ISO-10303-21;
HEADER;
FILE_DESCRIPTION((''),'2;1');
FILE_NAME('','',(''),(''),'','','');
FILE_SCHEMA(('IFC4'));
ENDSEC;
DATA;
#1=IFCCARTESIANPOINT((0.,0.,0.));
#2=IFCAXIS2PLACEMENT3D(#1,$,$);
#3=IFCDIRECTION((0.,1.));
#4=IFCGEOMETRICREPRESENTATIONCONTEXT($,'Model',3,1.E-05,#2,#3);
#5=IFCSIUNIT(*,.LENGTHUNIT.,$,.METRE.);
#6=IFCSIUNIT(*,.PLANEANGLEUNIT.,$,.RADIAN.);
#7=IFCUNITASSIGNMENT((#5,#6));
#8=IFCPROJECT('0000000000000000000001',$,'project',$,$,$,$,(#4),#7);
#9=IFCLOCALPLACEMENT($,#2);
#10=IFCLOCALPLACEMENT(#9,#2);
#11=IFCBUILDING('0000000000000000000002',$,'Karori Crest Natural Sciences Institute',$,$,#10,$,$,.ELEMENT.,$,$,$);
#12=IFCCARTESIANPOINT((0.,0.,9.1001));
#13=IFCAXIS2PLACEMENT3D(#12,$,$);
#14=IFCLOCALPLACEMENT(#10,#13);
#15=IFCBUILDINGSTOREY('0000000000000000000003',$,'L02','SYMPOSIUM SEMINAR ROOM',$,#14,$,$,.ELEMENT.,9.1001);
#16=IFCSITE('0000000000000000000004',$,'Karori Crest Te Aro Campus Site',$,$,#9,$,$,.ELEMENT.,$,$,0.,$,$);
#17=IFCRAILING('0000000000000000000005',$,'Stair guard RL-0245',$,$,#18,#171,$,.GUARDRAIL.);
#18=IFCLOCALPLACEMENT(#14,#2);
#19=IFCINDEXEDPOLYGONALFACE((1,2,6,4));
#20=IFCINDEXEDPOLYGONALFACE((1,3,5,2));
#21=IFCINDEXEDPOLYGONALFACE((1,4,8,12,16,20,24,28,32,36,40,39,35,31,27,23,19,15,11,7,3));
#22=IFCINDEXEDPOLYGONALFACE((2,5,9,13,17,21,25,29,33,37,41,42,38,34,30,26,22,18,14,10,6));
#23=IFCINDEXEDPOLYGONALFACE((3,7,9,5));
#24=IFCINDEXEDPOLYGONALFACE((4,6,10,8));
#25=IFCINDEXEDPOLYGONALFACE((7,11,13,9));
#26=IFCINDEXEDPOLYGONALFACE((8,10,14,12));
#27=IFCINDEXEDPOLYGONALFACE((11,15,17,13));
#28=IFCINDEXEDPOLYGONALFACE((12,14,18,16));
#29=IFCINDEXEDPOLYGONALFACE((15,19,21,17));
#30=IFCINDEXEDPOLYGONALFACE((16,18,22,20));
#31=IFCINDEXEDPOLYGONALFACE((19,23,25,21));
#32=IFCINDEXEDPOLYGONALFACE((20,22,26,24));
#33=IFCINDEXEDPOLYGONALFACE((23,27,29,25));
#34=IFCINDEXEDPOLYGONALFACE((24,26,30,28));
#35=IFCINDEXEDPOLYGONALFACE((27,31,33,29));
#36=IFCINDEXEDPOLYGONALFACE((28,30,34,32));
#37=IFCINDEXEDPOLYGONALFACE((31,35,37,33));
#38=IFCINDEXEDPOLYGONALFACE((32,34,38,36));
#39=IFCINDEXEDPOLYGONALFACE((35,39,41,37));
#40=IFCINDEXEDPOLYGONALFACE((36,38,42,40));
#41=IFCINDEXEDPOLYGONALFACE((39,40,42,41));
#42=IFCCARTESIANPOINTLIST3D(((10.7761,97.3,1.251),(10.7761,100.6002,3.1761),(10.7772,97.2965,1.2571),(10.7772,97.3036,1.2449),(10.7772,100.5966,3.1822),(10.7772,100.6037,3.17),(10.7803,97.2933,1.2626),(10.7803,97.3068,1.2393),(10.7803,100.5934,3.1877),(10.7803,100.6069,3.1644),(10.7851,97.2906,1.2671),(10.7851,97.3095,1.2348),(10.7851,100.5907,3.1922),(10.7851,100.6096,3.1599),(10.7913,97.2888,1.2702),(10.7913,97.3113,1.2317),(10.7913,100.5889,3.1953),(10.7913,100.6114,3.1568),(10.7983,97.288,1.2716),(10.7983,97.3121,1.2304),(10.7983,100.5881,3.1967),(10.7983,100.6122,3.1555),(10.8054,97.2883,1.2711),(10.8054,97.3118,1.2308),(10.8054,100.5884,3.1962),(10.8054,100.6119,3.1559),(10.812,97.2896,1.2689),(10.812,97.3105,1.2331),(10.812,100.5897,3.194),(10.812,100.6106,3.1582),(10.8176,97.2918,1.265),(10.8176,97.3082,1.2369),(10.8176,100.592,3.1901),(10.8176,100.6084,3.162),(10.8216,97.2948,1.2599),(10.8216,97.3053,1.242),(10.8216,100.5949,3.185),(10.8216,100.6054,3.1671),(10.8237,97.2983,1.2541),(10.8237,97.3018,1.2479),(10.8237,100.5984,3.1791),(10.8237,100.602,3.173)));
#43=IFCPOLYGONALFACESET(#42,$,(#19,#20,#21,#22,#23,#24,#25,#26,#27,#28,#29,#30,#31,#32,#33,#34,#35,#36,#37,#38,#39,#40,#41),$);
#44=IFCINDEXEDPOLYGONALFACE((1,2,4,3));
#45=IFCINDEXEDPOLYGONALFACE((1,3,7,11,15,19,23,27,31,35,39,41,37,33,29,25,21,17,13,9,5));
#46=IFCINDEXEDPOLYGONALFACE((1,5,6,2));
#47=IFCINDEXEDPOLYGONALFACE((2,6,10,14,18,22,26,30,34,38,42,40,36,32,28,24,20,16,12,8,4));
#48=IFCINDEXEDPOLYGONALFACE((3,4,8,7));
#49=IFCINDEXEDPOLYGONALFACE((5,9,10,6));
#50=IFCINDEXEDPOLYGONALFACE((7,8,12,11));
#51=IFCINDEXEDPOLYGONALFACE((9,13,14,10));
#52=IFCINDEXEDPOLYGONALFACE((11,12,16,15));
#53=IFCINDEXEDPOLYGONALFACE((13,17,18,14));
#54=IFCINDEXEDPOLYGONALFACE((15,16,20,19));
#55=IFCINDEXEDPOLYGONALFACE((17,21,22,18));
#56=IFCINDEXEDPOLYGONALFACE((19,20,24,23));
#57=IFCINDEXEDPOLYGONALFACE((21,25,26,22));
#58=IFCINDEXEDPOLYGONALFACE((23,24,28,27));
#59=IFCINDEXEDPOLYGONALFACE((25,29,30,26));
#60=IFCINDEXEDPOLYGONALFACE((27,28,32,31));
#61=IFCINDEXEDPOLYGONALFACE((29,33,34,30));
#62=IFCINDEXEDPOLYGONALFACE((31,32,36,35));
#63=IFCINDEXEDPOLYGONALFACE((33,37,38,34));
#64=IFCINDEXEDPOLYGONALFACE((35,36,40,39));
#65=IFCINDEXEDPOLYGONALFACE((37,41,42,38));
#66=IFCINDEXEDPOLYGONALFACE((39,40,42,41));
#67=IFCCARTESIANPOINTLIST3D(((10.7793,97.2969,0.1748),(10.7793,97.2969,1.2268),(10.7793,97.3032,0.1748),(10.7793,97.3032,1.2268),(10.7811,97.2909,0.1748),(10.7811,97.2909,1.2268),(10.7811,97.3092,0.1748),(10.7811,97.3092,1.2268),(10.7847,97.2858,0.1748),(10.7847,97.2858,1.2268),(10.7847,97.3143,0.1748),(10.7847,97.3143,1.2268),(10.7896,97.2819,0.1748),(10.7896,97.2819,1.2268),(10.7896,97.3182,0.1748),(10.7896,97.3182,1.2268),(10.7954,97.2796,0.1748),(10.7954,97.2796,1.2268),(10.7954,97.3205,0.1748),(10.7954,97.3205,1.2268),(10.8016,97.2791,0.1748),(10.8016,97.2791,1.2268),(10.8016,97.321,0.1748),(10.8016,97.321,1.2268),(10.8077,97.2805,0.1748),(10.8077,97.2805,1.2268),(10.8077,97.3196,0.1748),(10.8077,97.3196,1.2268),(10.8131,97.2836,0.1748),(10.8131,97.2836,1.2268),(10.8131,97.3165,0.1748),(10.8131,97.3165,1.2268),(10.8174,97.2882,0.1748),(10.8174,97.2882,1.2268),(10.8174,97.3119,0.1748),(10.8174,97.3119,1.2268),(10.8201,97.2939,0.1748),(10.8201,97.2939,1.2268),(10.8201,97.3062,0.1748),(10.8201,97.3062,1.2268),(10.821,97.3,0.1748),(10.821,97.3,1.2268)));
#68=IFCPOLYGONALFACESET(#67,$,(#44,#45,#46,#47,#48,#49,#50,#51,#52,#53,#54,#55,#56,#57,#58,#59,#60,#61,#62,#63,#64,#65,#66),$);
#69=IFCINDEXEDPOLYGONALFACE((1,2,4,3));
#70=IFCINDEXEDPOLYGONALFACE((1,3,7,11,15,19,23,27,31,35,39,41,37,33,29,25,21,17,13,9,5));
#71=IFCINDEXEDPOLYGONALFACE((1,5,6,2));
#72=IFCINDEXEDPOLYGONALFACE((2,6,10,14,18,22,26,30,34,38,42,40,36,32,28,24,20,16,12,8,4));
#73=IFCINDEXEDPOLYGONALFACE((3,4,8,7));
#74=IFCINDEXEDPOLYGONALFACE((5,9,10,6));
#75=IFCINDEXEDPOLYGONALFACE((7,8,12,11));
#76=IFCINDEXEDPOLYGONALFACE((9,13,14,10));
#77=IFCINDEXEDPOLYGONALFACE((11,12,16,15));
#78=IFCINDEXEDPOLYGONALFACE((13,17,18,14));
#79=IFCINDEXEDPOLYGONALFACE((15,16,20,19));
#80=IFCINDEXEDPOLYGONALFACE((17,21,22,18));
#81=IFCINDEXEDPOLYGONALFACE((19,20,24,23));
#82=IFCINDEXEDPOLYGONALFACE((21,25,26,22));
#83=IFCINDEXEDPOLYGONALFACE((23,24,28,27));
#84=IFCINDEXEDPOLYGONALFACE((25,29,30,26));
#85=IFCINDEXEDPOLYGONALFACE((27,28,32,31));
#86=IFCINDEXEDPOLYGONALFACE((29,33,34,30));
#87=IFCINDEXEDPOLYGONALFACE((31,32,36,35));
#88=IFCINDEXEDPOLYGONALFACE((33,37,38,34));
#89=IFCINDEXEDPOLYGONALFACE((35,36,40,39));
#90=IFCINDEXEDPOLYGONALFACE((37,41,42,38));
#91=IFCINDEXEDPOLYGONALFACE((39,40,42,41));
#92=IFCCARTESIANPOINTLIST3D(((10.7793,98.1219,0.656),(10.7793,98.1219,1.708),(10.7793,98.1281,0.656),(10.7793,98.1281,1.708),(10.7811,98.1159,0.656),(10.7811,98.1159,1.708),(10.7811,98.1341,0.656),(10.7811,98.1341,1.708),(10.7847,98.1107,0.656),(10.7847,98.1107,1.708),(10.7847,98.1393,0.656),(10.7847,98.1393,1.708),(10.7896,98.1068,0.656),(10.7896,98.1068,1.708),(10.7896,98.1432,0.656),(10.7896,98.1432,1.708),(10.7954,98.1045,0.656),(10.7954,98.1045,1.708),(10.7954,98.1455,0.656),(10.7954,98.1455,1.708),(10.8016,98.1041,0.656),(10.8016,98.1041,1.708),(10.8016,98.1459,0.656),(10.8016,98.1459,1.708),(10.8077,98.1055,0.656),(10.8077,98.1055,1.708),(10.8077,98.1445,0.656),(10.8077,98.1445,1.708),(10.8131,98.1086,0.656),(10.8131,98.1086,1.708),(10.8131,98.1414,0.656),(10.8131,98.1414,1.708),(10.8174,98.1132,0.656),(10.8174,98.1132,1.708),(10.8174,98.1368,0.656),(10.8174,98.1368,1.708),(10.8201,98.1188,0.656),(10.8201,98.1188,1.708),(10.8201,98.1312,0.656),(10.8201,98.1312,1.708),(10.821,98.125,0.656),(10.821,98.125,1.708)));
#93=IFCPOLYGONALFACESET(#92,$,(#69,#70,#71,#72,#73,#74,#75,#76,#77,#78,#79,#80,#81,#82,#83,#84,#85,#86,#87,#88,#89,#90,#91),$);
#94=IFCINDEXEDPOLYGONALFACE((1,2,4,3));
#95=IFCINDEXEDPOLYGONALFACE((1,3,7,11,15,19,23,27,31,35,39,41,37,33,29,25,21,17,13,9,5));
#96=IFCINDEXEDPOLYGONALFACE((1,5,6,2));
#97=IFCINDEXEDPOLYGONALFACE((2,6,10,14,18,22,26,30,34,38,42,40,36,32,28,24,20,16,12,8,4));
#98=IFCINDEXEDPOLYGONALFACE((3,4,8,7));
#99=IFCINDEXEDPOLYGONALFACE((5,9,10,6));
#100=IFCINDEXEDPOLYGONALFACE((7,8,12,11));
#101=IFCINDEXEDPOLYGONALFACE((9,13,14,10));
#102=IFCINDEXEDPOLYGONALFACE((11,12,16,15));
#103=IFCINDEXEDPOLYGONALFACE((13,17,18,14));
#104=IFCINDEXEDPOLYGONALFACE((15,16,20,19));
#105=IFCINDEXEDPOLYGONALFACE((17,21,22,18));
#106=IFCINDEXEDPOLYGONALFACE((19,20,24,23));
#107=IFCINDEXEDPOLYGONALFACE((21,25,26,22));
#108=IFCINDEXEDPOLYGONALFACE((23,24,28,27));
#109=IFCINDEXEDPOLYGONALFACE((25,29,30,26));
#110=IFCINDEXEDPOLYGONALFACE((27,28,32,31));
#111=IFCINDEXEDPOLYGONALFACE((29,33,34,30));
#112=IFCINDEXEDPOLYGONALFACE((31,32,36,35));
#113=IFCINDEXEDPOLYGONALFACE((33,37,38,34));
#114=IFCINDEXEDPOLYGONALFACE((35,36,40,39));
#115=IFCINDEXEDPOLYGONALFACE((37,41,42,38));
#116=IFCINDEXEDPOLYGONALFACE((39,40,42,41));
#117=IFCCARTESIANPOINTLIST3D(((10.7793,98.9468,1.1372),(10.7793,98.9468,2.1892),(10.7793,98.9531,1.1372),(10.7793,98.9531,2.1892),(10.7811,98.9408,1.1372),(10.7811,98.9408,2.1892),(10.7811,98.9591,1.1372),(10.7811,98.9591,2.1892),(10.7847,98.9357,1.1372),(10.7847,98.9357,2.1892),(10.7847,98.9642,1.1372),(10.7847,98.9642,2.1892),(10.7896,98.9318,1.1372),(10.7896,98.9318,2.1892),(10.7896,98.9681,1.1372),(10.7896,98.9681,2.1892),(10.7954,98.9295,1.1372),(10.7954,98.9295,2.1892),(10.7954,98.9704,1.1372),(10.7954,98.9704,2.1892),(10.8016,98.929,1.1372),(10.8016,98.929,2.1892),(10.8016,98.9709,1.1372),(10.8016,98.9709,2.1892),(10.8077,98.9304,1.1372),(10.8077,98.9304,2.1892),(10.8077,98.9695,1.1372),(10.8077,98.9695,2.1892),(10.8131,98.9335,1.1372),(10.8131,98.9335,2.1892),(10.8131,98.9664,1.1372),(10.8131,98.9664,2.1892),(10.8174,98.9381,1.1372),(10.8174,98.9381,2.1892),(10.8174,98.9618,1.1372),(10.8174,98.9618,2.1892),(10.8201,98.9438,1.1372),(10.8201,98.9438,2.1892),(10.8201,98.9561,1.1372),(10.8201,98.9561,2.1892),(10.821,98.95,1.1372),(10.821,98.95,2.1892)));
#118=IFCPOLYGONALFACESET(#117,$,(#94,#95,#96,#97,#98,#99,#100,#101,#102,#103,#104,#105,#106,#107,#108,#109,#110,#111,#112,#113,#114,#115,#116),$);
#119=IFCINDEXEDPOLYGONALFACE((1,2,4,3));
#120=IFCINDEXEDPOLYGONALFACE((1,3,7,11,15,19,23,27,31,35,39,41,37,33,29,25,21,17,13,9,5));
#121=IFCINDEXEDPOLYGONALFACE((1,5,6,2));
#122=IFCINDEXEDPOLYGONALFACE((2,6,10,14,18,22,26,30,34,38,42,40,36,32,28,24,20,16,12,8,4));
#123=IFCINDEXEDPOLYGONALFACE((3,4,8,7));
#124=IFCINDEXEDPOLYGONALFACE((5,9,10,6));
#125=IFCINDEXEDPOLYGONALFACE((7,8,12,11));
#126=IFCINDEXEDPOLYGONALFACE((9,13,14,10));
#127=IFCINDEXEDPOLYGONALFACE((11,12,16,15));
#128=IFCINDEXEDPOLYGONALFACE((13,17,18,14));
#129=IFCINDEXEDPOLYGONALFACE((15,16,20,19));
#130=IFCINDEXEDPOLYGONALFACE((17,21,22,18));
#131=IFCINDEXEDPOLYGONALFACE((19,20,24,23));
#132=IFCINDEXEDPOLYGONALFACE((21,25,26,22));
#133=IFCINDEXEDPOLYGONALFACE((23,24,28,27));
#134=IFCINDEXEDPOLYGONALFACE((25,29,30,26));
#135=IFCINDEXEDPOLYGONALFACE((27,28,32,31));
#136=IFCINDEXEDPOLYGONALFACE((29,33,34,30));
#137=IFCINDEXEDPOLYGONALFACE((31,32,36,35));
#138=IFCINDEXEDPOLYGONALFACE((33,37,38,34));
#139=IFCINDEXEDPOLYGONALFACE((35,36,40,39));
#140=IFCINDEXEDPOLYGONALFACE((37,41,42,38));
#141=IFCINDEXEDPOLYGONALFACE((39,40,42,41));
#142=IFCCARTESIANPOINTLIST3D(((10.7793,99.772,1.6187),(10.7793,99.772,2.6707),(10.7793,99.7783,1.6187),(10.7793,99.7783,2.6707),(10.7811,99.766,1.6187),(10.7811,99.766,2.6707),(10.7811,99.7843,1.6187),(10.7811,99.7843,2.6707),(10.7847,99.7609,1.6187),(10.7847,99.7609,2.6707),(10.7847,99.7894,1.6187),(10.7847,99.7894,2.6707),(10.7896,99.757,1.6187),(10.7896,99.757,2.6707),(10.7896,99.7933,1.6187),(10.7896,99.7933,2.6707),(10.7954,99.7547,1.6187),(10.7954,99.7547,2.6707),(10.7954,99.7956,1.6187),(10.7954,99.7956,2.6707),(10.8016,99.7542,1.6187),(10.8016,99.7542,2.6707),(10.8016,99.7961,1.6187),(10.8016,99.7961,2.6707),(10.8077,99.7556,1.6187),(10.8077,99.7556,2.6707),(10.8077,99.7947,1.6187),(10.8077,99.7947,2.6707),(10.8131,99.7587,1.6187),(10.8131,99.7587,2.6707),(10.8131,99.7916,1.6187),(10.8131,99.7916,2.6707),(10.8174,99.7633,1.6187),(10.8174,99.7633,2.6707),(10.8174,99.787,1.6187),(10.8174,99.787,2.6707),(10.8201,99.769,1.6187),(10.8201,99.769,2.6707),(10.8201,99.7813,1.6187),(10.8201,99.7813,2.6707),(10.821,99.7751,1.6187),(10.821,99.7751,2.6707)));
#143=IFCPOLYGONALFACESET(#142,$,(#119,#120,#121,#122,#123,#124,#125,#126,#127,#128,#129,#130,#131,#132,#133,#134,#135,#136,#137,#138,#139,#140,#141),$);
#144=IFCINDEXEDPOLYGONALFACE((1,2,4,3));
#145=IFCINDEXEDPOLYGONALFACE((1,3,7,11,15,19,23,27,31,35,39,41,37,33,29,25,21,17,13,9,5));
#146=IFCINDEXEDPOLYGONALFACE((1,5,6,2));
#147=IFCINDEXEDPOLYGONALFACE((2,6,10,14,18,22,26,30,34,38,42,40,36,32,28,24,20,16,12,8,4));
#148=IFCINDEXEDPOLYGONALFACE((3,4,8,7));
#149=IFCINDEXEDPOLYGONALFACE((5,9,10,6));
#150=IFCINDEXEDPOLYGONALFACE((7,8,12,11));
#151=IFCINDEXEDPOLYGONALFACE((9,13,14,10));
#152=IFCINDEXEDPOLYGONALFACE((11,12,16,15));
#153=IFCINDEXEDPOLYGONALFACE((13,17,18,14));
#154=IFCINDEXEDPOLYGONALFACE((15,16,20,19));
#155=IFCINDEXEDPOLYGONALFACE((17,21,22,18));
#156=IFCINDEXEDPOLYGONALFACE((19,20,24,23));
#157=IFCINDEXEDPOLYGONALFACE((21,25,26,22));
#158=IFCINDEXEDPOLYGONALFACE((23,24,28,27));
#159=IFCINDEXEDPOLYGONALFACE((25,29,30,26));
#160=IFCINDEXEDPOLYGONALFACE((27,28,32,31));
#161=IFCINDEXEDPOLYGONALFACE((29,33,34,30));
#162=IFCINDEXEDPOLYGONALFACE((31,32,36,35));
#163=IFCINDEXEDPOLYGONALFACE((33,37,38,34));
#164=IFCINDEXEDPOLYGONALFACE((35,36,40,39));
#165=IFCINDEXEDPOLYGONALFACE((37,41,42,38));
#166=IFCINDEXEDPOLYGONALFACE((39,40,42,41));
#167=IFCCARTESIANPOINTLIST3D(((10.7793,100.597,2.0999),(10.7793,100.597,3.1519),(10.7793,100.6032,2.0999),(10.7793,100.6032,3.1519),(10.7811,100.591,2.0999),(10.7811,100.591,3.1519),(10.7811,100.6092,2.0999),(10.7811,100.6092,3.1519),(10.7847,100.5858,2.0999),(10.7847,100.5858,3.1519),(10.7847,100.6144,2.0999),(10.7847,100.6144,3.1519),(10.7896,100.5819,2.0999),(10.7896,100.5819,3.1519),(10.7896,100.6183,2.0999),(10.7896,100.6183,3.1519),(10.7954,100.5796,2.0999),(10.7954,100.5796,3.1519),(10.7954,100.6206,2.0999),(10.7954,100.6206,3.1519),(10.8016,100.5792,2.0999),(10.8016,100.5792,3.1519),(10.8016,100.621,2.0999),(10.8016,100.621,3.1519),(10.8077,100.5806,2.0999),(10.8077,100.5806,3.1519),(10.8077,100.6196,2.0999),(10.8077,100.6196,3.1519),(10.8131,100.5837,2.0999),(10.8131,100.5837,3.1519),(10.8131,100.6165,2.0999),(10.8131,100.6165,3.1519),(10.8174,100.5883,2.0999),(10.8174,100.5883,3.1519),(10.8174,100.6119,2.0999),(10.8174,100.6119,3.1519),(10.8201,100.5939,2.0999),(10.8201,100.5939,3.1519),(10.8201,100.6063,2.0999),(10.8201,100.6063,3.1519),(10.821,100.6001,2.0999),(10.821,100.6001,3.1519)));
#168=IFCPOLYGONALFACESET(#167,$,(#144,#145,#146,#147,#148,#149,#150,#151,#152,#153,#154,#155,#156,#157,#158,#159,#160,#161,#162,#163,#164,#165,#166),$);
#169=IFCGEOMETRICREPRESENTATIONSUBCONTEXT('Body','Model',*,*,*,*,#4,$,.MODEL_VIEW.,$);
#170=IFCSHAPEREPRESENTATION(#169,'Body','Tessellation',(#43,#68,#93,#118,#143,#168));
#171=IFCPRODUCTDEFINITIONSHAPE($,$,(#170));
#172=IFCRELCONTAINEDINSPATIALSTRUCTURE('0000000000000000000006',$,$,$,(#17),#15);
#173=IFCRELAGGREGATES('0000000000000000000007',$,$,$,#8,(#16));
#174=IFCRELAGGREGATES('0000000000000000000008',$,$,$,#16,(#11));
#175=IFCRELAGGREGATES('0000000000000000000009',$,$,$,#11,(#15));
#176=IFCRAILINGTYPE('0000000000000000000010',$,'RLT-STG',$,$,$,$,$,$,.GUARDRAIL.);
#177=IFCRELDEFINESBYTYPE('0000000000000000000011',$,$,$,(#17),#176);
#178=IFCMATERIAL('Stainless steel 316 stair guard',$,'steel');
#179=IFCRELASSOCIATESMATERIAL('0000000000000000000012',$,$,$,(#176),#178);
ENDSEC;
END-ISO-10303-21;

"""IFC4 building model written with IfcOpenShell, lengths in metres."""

from ifc_helpers import new_model, si_unit, direction, frame, origin, origin_2d, place, context, subcontext, project, spatial, circle, extrude, material, type_object, element, save


model = new_model("IFC4")

# Units and contexts
model_context = context("Model", 3, precision=1e-05, world=origin(), true_north=direction((0.0, 1.0)))
body_context = subcontext(model_context, "Body", "Model", "MODEL_VIEW")
ifc_project = project(units=[si_unit("LENGTHUNIT", "METRE"), si_unit("PLANEANGLEUNIT", "RADIAN")], contexts=[model_context])

# Site, building, storey
site_placement = place(None, origin())
site = spatial("IfcSite", under=ifc_project, at=site_placement, Name="Karori Crest Te Aro Campus Site", CompositionType="ELEMENT", RefElevation=0.0)
building_placement = place(site_placement, origin())
building = spatial("IfcBuilding", under=site, at=building_placement, Name="Karori Crest Natural Sciences Institute", CompositionType="ELEMENT")
storey_placement = place(building_placement, frame((0.0, 0.0, 9.1001)))
storey = spatial("IfcBuildingStorey", under=building, at=storey_placement, Name="L02", Description="SYMPOSIUM SEMINAR ROOM", CompositionType="ELEMENT", Elevation=9.1001)

# Railing
ifc_material_1 = material(Name="Stainless steel 316 stair guard", Category="steel")
railing_type_1 = type_object("IfcRailingType", Name="RLT-STG", PredefinedType="GUARDRAIL", material=ifc_material_1)
railing_1_placement = place(storey_placement, frame((10.8, 97.3, 0.1748)))
element("IfcRailing", 1, at=railing_1_placement, inside=storey, type_object=railing_type_1, Name="Stair guard RL-0245", PredefinedType="GUARDRAIL", context=body_context, shape_type="SweptSolid", body=[
    extrude(circle(Radius=0.0239, at=origin_2d()), frame((0.0, 0.0, 1.0762), z_axis=(0.0, 0.863777, 0.503875), x_axis=(-1.0, 0.0, 0.0)), (0.0, 0.0, 1.0), 3.8206),
    extrude(circle(Radius=0.021, at=origin_2d()), origin(), (0.0, 0.0, 1.0), 1.052),
    extrude(circle(Radius=0.021, at=origin_2d()), frame((0.0, 0.825, 0.4812)), (0.0, 0.0, 1.0), 1.052),
    extrude(circle(Radius=0.021, at=origin_2d()), frame((0.0, 1.6499, 0.9624)), (0.0, 0.0, 1.0), 1.052),
    extrude(circle(Radius=0.021, at=origin_2d()), frame((0.0, 2.4751, 1.4438)), (0.0, 0.0, 1.0), 1.052),
    extrude(circle(Radius=0.021, at=origin_2d()), frame((0.0, 3.3, 1.925)), (0.0, 0.0, 1.0), 1.052),
])

save(model, "model.ifc")
